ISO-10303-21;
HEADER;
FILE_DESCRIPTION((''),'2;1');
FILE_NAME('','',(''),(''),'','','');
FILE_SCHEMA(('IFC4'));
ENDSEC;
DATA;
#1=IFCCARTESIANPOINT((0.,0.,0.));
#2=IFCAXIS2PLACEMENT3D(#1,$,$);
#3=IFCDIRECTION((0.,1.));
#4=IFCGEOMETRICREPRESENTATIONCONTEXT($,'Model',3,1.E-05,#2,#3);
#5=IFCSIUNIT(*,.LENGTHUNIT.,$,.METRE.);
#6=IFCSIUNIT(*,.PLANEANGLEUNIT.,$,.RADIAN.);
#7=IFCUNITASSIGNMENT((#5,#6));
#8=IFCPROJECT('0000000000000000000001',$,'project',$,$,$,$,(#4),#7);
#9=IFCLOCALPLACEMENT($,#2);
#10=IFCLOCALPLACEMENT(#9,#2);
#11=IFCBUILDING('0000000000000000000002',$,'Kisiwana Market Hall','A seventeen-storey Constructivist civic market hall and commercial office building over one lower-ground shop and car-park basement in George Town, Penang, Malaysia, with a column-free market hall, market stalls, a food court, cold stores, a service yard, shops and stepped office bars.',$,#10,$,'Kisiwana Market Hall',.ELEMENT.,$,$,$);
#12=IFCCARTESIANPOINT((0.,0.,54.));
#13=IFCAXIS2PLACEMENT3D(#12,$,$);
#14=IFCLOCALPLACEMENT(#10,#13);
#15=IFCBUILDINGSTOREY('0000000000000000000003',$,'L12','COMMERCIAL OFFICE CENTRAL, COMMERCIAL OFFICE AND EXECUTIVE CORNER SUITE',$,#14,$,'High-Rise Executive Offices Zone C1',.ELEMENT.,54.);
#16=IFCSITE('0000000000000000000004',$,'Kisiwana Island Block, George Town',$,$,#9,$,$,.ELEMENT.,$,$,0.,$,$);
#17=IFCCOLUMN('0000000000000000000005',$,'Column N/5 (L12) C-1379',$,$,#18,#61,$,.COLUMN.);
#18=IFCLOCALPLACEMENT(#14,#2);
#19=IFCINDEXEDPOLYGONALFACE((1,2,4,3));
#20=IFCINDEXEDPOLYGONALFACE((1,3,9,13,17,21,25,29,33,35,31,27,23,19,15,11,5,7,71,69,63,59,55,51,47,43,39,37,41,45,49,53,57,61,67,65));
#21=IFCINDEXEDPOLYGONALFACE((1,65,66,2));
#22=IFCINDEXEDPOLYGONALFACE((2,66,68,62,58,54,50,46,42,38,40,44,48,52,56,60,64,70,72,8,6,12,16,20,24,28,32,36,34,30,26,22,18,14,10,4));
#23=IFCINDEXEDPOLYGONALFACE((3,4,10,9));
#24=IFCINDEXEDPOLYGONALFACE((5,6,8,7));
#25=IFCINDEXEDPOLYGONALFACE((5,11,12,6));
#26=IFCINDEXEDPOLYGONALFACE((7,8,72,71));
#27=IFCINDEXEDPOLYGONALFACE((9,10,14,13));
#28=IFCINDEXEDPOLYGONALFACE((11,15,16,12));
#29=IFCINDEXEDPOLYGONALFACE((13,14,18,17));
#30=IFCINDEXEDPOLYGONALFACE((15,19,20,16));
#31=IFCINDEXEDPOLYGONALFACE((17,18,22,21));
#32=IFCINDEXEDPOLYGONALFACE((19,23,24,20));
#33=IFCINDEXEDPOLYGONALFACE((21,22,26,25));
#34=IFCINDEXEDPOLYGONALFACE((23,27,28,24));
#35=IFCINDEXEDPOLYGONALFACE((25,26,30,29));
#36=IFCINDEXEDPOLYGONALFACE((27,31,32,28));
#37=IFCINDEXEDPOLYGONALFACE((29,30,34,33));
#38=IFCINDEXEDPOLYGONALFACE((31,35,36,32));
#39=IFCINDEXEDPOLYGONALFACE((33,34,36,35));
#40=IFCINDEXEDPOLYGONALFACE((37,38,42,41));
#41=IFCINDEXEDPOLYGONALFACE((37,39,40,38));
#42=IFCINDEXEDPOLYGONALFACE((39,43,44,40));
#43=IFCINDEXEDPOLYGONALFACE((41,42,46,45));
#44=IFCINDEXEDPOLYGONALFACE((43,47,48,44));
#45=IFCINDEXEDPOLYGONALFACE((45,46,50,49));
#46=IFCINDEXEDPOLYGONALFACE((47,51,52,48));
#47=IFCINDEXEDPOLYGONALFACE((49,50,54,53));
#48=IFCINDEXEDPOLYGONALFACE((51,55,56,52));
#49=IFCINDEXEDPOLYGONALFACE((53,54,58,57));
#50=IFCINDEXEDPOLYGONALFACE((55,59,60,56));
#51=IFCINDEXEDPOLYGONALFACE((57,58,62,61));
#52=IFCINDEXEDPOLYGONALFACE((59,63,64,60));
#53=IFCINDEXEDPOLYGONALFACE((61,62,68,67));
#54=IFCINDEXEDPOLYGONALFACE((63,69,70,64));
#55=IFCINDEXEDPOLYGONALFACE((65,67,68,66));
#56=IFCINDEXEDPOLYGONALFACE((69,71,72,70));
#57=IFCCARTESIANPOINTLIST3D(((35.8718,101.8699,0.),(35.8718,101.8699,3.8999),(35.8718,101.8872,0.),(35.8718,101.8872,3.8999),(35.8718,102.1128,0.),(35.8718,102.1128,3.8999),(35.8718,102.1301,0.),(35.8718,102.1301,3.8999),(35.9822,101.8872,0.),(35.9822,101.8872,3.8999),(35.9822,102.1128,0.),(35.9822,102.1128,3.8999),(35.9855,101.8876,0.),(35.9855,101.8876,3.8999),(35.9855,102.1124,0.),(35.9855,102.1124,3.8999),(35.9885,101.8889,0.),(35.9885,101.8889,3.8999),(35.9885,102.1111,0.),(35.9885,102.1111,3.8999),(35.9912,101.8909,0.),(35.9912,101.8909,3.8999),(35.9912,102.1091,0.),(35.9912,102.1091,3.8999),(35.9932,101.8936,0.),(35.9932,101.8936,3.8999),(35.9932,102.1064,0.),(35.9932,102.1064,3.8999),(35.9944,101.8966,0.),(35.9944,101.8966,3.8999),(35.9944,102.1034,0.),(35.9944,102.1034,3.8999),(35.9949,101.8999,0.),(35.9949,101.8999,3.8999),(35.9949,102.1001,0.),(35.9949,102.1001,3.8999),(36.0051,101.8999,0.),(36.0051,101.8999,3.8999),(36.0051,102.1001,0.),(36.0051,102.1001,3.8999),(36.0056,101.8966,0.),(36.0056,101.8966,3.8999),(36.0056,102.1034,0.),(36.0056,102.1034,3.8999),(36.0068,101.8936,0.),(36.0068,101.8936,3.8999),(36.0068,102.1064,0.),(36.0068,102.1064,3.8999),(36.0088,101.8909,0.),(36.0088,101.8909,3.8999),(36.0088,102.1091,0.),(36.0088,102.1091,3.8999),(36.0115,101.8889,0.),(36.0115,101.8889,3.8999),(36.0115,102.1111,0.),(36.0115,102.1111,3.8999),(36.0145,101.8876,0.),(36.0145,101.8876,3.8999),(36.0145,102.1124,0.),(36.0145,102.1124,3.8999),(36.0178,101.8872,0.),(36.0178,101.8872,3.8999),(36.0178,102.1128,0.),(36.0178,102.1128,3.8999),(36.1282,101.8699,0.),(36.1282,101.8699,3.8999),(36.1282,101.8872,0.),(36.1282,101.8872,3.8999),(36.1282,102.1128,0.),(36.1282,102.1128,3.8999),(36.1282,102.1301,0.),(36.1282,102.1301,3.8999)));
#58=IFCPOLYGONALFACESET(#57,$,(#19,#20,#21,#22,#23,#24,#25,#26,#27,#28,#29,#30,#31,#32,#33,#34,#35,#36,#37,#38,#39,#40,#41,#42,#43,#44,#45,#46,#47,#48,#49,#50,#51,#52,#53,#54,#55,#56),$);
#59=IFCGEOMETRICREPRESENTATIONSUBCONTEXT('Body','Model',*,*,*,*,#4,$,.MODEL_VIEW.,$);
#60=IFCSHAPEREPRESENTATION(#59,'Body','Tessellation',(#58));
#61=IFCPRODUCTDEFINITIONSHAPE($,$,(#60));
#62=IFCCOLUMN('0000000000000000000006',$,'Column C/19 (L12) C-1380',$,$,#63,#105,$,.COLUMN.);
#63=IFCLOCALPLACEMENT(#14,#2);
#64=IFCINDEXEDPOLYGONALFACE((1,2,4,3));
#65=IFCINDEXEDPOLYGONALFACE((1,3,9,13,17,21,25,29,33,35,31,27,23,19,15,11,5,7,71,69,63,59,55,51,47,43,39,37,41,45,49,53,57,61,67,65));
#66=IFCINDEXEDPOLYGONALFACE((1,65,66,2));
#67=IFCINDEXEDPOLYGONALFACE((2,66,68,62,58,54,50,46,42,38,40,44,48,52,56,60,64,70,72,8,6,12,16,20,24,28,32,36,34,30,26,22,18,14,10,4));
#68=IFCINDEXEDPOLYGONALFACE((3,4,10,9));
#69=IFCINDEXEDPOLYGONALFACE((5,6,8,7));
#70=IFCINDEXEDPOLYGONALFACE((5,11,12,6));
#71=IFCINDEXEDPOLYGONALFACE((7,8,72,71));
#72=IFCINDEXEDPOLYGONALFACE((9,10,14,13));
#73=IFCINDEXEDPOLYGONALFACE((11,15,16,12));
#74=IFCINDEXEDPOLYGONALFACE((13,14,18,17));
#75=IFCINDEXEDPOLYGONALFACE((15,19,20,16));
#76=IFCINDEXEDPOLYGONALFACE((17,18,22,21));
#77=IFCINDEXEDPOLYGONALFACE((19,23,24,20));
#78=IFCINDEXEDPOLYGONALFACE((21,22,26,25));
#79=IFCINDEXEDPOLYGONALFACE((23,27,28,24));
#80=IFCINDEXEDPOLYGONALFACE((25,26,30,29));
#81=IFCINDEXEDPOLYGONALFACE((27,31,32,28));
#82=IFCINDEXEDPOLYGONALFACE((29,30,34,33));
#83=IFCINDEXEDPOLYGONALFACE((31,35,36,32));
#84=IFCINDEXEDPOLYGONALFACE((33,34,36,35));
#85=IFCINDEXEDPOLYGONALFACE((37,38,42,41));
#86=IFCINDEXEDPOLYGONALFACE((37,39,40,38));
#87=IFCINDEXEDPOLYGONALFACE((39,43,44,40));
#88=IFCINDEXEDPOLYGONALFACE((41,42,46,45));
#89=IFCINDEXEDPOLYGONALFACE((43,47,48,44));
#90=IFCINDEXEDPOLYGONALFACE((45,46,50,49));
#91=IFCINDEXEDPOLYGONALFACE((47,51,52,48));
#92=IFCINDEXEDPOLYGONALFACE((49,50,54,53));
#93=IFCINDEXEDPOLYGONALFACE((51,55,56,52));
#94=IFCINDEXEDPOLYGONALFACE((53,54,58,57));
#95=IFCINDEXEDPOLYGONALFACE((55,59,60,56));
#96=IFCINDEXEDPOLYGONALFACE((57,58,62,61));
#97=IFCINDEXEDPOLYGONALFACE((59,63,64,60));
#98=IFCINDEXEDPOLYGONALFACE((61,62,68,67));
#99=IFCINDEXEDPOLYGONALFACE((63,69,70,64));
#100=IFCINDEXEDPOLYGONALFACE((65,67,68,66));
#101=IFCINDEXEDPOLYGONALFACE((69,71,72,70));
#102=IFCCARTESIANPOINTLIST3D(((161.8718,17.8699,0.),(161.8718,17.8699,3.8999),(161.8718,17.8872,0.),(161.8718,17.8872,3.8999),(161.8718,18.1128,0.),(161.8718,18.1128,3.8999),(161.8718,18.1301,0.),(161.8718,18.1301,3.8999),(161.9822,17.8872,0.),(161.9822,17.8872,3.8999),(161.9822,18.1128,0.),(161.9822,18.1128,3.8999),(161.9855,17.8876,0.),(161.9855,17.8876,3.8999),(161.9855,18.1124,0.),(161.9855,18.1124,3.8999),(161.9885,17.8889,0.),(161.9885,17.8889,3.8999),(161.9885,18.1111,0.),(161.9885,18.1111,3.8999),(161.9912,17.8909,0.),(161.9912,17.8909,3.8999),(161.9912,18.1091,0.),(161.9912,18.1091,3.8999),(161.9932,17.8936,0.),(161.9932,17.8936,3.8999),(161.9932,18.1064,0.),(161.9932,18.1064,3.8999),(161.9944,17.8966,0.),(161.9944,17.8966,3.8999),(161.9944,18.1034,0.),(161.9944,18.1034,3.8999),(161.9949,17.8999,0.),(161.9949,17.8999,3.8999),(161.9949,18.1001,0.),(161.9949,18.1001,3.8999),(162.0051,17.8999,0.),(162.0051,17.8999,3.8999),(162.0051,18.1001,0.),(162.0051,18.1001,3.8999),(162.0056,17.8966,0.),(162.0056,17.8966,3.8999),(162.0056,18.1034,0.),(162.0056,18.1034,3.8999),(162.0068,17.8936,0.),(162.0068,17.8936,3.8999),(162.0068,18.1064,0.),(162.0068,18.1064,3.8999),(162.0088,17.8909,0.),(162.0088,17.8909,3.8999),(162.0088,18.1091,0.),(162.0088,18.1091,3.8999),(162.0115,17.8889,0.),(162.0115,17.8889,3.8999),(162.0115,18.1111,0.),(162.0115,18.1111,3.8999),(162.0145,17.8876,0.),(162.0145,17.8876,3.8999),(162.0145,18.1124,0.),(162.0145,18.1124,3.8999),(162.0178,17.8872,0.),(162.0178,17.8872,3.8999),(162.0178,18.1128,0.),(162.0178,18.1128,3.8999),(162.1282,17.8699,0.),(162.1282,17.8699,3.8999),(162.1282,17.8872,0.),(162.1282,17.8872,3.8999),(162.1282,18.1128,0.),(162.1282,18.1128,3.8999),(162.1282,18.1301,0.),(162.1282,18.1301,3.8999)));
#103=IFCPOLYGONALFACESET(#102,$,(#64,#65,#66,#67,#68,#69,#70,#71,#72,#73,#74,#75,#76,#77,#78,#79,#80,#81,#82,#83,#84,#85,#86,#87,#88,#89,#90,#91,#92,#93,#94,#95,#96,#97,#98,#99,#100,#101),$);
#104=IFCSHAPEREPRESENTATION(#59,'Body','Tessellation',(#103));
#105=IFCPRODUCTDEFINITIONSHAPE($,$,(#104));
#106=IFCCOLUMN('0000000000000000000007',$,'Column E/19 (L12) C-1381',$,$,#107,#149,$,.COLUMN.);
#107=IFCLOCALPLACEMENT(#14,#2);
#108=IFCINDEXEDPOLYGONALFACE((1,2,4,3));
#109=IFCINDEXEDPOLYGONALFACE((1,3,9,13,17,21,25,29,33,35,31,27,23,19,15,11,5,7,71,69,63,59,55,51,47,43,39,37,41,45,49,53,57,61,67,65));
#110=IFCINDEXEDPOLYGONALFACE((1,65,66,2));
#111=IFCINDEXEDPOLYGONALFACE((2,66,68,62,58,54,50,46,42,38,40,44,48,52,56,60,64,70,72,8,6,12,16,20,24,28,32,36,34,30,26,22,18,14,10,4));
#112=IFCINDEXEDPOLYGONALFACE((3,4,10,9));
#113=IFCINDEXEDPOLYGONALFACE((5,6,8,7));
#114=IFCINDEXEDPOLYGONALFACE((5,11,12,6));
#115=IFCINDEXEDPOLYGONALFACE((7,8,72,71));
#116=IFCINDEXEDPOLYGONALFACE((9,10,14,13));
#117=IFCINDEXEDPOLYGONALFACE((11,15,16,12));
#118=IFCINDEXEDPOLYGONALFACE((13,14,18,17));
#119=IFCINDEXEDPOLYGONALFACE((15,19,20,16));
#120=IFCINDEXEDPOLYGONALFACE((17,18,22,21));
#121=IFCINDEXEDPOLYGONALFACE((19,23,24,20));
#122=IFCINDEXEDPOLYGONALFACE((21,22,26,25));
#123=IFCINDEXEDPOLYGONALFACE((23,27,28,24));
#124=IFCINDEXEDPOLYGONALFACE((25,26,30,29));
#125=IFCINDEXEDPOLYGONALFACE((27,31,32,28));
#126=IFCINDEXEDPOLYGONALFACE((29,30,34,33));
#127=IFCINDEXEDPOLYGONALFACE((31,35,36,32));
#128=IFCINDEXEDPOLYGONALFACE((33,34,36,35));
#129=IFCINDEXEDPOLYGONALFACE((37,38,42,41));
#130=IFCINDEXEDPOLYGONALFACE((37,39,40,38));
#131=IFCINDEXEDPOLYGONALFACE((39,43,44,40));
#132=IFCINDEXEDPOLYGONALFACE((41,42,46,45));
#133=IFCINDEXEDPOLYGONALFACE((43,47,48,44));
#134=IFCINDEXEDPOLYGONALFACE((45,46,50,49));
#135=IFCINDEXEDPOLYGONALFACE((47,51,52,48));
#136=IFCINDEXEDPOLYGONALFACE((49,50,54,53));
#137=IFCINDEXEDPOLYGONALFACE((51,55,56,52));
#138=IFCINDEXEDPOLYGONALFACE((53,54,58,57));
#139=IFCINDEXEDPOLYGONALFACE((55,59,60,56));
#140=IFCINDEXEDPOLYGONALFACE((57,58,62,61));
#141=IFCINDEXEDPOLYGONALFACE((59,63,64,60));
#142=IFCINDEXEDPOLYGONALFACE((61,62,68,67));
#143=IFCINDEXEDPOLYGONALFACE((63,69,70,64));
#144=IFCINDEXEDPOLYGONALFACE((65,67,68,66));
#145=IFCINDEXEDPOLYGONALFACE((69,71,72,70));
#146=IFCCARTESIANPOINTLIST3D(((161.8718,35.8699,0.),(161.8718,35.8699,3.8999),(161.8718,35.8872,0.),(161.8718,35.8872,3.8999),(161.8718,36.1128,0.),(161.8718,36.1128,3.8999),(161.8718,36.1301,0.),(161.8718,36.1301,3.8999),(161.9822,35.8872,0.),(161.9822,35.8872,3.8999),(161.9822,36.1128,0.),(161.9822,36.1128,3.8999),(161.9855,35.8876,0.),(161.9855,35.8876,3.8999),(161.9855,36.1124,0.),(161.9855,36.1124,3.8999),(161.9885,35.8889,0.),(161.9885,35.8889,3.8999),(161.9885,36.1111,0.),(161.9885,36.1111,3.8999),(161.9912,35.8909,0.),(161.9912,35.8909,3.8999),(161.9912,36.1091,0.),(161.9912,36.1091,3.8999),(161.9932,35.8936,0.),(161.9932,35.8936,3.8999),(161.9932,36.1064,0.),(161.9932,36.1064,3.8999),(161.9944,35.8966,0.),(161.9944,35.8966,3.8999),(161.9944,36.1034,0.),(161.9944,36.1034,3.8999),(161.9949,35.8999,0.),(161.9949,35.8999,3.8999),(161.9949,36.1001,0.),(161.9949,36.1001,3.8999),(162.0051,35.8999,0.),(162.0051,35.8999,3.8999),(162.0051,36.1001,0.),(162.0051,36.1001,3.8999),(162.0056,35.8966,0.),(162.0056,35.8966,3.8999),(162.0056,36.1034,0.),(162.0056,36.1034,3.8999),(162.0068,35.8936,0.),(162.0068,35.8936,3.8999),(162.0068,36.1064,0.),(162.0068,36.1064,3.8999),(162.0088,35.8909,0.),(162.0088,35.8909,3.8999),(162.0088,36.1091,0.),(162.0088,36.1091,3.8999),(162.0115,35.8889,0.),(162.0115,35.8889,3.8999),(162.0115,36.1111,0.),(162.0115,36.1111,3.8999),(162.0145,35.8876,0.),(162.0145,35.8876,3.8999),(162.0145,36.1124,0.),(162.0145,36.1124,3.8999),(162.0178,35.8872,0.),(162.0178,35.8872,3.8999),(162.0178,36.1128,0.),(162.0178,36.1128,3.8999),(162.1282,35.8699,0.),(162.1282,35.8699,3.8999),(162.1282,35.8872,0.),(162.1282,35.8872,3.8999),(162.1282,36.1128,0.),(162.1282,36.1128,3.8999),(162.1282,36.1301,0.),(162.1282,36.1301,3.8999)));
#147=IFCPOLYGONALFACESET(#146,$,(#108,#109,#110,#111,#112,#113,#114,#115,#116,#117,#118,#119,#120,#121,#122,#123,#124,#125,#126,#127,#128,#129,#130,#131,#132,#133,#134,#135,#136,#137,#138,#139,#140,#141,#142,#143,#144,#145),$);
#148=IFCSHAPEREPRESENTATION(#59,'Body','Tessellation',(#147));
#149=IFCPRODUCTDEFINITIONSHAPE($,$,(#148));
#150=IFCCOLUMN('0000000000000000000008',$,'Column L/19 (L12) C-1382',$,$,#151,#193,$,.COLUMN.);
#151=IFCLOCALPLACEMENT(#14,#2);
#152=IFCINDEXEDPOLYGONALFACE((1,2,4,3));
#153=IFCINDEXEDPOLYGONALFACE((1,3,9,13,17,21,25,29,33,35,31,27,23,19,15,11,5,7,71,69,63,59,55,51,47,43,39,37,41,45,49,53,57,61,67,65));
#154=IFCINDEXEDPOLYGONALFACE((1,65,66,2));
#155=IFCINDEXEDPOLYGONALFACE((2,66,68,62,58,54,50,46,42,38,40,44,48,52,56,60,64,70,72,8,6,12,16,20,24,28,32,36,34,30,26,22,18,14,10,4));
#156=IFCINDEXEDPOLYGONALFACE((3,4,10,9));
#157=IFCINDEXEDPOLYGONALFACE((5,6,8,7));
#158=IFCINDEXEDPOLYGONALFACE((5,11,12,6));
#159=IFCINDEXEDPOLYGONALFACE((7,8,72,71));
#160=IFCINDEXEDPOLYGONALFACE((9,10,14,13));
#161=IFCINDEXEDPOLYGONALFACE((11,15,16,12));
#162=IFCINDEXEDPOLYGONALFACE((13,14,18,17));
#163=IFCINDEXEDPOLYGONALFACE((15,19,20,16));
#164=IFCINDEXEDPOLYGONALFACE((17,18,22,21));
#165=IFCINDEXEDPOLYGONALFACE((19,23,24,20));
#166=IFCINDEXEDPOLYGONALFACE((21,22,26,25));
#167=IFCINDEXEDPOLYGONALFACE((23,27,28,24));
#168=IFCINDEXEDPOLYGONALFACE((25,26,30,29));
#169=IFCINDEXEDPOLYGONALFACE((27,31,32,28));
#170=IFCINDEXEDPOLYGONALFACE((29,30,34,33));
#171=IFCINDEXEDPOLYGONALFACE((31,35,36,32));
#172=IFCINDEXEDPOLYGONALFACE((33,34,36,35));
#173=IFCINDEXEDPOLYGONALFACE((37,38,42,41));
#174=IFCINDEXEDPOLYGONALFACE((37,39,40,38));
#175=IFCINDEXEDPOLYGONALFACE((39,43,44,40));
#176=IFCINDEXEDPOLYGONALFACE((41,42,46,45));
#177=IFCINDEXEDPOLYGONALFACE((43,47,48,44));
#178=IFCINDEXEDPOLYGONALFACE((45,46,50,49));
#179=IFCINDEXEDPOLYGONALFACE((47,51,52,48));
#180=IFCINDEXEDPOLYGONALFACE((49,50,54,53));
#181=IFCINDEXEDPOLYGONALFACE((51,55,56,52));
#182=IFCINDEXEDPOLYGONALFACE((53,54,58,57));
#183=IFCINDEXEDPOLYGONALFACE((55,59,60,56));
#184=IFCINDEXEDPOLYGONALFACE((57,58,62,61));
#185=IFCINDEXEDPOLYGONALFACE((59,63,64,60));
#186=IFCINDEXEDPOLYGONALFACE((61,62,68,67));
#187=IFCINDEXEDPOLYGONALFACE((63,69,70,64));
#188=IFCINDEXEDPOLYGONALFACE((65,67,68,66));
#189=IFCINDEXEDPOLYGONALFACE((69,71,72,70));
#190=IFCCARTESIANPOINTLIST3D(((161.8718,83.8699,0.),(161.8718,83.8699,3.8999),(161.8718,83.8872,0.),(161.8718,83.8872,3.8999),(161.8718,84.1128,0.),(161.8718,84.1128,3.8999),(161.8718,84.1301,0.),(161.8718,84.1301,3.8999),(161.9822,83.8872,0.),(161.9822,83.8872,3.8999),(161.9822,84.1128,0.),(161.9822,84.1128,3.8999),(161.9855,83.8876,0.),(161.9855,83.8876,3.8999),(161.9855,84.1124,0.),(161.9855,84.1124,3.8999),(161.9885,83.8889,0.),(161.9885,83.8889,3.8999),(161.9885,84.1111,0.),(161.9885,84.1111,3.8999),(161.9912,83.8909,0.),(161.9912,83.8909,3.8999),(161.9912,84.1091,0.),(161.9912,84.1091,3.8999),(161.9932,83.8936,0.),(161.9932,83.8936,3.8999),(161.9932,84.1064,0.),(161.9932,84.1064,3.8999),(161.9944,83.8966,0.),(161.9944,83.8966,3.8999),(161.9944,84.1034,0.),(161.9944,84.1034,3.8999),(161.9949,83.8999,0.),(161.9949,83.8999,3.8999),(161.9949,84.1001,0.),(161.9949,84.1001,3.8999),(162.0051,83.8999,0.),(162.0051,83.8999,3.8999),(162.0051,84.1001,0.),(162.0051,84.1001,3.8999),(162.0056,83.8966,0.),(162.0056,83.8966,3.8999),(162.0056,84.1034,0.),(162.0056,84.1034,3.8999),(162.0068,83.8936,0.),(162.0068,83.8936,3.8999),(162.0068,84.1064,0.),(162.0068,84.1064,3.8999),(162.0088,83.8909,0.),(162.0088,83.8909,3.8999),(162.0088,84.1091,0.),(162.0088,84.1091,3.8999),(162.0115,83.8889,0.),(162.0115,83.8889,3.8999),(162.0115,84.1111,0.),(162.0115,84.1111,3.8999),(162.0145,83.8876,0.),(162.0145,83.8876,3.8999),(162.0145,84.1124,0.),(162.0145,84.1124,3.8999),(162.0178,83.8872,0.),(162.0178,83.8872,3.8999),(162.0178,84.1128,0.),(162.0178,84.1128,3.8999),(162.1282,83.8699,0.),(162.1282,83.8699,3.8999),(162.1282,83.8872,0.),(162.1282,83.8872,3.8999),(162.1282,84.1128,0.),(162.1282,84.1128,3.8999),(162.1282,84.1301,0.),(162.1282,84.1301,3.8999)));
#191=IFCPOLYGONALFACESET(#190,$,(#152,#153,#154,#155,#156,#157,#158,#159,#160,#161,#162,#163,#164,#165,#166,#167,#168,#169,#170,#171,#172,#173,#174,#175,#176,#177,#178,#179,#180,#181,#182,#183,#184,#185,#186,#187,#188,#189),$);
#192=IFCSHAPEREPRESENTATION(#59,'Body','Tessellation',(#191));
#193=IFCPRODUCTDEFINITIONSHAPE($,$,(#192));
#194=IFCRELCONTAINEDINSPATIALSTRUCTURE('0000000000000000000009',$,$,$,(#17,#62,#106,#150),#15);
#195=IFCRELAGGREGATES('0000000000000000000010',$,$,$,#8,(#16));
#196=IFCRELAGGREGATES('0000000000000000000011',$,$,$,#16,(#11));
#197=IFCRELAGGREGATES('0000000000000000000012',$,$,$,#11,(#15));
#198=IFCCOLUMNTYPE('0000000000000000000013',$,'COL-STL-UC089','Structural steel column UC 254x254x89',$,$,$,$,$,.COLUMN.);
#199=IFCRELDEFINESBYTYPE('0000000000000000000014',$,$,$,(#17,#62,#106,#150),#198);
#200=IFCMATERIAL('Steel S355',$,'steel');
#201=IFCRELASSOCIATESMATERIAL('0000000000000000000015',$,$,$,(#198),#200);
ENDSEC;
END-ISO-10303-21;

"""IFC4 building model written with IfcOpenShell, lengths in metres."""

from ifc_helpers import new_model, si_unit, direction, frame, origin, origin_2d, place, context, subcontext, project, spatial, i_section, extrude, material, material_profile, profile_set, type_object, element, save


model = new_model("IFC4")

# Units and contexts
model_context = context("Model", 3, precision=1e-05, world=origin(), true_north=direction((0.0, 1.0)))
body_context = subcontext(model_context, "Body", "Model", "MODEL_VIEW")
ifc_project = project(units=[si_unit("LENGTHUNIT", "METRE"), si_unit("PLANEANGLEUNIT", "RADIAN")], contexts=[model_context])

# Site, building, storey
site_placement = place(None, origin())
site = spatial("IfcSite", under=ifc_project, at=site_placement, Name="Kisiwana Island Block, George Town", CompositionType="ELEMENT", RefElevation=0.0)
building_placement = place(site_placement, origin())
building = spatial("IfcBuilding", under=site, at=building_placement, Name="Kisiwana Market Hall", Description="A seventeen-storey Constructivist civic market hall and commercial office building over one lower-ground shop and car-park basement in George Town, Penang, Malaysia, with a column-free market hall, market stalls, a food court, cold stores, a service yard, shops and stepped office bars.", LongName="Kisiwana Market Hall", CompositionType="ELEMENT")
storey_placement = place(building_placement, frame((0.0, 0.0, 54.0)))
storey = spatial("IfcBuildingStorey", under=building, at=storey_placement, Name="L12", Description="COMMERCIAL OFFICE CENTRAL, COMMERCIAL OFFICE AND EXECUTIVE CORNER SUITE", LongName="High-Rise Executive Offices Zone C1", CompositionType="ELEMENT", Elevation=54.0)

# Columns
ifc_material_1 = material(Name="Steel S355", Category="steel")
ifc_material_profile_1 = material_profile(ifc_material_1, i_section(OverallWidth=0.2563, OverallDepth=0.2603, WebThickness=0.0103, FlangeThickness=0.0173, FilletRadius=0.0127, at=origin_2d()), Name="UC 254x254x89")
ifc_profile_set_1 = profile_set([ifc_material_profile_1], Name="Steel S355")
column_type = type_object("IfcColumnType", Name="COL-STL-UC089", Description="Structural steel column UC 254x254x89", PredefinedType="COLUMN", material=ifc_profile_set_1)
for number, where, z_axis, x_axis, name in (
    (1, (36.0, 102.0, 0.0), (0.0, 0.0, 1.0), (1.0, 0.0, 0.0), "Column N/5 (L12) C-1379"),
    (2, (162.0, 18.0, 0.0), (0.0, 0.0, 1.0), (1.0, 0.0, 0.0), "Column C/19 (L12) C-1380"),
    (3, (162.0, 36.0, 0.0), (0.0, 0.0, 1.0), (1.0, 0.0, 0.0), "Column E/19 (L12) C-1381"),
    (4, (162.0, 84.0, 0.0), (0.0, 0.0, 1.0), (1.0, 0.0, 0.0), "Column L/19 (L12) C-1382"),
):
    element("IfcColumn", number, at=place(storey_placement, frame(where, z_axis=z_axis, x_axis=x_axis)), inside=storey, type_object=column_type, Name=name, PredefinedType="COLUMN", context=body_context, shape_type="SweptSolid", body=[
        extrude(i_section(OverallWidth=0.2563, OverallDepth=0.2603, WebThickness=0.0103, FlangeThickness=0.0173, FilletRadius=0.0127, at=origin_2d()), origin(), (0.0, 0.0, 1.0), 3.8999),
    ])

save(model, "model.ifc")
